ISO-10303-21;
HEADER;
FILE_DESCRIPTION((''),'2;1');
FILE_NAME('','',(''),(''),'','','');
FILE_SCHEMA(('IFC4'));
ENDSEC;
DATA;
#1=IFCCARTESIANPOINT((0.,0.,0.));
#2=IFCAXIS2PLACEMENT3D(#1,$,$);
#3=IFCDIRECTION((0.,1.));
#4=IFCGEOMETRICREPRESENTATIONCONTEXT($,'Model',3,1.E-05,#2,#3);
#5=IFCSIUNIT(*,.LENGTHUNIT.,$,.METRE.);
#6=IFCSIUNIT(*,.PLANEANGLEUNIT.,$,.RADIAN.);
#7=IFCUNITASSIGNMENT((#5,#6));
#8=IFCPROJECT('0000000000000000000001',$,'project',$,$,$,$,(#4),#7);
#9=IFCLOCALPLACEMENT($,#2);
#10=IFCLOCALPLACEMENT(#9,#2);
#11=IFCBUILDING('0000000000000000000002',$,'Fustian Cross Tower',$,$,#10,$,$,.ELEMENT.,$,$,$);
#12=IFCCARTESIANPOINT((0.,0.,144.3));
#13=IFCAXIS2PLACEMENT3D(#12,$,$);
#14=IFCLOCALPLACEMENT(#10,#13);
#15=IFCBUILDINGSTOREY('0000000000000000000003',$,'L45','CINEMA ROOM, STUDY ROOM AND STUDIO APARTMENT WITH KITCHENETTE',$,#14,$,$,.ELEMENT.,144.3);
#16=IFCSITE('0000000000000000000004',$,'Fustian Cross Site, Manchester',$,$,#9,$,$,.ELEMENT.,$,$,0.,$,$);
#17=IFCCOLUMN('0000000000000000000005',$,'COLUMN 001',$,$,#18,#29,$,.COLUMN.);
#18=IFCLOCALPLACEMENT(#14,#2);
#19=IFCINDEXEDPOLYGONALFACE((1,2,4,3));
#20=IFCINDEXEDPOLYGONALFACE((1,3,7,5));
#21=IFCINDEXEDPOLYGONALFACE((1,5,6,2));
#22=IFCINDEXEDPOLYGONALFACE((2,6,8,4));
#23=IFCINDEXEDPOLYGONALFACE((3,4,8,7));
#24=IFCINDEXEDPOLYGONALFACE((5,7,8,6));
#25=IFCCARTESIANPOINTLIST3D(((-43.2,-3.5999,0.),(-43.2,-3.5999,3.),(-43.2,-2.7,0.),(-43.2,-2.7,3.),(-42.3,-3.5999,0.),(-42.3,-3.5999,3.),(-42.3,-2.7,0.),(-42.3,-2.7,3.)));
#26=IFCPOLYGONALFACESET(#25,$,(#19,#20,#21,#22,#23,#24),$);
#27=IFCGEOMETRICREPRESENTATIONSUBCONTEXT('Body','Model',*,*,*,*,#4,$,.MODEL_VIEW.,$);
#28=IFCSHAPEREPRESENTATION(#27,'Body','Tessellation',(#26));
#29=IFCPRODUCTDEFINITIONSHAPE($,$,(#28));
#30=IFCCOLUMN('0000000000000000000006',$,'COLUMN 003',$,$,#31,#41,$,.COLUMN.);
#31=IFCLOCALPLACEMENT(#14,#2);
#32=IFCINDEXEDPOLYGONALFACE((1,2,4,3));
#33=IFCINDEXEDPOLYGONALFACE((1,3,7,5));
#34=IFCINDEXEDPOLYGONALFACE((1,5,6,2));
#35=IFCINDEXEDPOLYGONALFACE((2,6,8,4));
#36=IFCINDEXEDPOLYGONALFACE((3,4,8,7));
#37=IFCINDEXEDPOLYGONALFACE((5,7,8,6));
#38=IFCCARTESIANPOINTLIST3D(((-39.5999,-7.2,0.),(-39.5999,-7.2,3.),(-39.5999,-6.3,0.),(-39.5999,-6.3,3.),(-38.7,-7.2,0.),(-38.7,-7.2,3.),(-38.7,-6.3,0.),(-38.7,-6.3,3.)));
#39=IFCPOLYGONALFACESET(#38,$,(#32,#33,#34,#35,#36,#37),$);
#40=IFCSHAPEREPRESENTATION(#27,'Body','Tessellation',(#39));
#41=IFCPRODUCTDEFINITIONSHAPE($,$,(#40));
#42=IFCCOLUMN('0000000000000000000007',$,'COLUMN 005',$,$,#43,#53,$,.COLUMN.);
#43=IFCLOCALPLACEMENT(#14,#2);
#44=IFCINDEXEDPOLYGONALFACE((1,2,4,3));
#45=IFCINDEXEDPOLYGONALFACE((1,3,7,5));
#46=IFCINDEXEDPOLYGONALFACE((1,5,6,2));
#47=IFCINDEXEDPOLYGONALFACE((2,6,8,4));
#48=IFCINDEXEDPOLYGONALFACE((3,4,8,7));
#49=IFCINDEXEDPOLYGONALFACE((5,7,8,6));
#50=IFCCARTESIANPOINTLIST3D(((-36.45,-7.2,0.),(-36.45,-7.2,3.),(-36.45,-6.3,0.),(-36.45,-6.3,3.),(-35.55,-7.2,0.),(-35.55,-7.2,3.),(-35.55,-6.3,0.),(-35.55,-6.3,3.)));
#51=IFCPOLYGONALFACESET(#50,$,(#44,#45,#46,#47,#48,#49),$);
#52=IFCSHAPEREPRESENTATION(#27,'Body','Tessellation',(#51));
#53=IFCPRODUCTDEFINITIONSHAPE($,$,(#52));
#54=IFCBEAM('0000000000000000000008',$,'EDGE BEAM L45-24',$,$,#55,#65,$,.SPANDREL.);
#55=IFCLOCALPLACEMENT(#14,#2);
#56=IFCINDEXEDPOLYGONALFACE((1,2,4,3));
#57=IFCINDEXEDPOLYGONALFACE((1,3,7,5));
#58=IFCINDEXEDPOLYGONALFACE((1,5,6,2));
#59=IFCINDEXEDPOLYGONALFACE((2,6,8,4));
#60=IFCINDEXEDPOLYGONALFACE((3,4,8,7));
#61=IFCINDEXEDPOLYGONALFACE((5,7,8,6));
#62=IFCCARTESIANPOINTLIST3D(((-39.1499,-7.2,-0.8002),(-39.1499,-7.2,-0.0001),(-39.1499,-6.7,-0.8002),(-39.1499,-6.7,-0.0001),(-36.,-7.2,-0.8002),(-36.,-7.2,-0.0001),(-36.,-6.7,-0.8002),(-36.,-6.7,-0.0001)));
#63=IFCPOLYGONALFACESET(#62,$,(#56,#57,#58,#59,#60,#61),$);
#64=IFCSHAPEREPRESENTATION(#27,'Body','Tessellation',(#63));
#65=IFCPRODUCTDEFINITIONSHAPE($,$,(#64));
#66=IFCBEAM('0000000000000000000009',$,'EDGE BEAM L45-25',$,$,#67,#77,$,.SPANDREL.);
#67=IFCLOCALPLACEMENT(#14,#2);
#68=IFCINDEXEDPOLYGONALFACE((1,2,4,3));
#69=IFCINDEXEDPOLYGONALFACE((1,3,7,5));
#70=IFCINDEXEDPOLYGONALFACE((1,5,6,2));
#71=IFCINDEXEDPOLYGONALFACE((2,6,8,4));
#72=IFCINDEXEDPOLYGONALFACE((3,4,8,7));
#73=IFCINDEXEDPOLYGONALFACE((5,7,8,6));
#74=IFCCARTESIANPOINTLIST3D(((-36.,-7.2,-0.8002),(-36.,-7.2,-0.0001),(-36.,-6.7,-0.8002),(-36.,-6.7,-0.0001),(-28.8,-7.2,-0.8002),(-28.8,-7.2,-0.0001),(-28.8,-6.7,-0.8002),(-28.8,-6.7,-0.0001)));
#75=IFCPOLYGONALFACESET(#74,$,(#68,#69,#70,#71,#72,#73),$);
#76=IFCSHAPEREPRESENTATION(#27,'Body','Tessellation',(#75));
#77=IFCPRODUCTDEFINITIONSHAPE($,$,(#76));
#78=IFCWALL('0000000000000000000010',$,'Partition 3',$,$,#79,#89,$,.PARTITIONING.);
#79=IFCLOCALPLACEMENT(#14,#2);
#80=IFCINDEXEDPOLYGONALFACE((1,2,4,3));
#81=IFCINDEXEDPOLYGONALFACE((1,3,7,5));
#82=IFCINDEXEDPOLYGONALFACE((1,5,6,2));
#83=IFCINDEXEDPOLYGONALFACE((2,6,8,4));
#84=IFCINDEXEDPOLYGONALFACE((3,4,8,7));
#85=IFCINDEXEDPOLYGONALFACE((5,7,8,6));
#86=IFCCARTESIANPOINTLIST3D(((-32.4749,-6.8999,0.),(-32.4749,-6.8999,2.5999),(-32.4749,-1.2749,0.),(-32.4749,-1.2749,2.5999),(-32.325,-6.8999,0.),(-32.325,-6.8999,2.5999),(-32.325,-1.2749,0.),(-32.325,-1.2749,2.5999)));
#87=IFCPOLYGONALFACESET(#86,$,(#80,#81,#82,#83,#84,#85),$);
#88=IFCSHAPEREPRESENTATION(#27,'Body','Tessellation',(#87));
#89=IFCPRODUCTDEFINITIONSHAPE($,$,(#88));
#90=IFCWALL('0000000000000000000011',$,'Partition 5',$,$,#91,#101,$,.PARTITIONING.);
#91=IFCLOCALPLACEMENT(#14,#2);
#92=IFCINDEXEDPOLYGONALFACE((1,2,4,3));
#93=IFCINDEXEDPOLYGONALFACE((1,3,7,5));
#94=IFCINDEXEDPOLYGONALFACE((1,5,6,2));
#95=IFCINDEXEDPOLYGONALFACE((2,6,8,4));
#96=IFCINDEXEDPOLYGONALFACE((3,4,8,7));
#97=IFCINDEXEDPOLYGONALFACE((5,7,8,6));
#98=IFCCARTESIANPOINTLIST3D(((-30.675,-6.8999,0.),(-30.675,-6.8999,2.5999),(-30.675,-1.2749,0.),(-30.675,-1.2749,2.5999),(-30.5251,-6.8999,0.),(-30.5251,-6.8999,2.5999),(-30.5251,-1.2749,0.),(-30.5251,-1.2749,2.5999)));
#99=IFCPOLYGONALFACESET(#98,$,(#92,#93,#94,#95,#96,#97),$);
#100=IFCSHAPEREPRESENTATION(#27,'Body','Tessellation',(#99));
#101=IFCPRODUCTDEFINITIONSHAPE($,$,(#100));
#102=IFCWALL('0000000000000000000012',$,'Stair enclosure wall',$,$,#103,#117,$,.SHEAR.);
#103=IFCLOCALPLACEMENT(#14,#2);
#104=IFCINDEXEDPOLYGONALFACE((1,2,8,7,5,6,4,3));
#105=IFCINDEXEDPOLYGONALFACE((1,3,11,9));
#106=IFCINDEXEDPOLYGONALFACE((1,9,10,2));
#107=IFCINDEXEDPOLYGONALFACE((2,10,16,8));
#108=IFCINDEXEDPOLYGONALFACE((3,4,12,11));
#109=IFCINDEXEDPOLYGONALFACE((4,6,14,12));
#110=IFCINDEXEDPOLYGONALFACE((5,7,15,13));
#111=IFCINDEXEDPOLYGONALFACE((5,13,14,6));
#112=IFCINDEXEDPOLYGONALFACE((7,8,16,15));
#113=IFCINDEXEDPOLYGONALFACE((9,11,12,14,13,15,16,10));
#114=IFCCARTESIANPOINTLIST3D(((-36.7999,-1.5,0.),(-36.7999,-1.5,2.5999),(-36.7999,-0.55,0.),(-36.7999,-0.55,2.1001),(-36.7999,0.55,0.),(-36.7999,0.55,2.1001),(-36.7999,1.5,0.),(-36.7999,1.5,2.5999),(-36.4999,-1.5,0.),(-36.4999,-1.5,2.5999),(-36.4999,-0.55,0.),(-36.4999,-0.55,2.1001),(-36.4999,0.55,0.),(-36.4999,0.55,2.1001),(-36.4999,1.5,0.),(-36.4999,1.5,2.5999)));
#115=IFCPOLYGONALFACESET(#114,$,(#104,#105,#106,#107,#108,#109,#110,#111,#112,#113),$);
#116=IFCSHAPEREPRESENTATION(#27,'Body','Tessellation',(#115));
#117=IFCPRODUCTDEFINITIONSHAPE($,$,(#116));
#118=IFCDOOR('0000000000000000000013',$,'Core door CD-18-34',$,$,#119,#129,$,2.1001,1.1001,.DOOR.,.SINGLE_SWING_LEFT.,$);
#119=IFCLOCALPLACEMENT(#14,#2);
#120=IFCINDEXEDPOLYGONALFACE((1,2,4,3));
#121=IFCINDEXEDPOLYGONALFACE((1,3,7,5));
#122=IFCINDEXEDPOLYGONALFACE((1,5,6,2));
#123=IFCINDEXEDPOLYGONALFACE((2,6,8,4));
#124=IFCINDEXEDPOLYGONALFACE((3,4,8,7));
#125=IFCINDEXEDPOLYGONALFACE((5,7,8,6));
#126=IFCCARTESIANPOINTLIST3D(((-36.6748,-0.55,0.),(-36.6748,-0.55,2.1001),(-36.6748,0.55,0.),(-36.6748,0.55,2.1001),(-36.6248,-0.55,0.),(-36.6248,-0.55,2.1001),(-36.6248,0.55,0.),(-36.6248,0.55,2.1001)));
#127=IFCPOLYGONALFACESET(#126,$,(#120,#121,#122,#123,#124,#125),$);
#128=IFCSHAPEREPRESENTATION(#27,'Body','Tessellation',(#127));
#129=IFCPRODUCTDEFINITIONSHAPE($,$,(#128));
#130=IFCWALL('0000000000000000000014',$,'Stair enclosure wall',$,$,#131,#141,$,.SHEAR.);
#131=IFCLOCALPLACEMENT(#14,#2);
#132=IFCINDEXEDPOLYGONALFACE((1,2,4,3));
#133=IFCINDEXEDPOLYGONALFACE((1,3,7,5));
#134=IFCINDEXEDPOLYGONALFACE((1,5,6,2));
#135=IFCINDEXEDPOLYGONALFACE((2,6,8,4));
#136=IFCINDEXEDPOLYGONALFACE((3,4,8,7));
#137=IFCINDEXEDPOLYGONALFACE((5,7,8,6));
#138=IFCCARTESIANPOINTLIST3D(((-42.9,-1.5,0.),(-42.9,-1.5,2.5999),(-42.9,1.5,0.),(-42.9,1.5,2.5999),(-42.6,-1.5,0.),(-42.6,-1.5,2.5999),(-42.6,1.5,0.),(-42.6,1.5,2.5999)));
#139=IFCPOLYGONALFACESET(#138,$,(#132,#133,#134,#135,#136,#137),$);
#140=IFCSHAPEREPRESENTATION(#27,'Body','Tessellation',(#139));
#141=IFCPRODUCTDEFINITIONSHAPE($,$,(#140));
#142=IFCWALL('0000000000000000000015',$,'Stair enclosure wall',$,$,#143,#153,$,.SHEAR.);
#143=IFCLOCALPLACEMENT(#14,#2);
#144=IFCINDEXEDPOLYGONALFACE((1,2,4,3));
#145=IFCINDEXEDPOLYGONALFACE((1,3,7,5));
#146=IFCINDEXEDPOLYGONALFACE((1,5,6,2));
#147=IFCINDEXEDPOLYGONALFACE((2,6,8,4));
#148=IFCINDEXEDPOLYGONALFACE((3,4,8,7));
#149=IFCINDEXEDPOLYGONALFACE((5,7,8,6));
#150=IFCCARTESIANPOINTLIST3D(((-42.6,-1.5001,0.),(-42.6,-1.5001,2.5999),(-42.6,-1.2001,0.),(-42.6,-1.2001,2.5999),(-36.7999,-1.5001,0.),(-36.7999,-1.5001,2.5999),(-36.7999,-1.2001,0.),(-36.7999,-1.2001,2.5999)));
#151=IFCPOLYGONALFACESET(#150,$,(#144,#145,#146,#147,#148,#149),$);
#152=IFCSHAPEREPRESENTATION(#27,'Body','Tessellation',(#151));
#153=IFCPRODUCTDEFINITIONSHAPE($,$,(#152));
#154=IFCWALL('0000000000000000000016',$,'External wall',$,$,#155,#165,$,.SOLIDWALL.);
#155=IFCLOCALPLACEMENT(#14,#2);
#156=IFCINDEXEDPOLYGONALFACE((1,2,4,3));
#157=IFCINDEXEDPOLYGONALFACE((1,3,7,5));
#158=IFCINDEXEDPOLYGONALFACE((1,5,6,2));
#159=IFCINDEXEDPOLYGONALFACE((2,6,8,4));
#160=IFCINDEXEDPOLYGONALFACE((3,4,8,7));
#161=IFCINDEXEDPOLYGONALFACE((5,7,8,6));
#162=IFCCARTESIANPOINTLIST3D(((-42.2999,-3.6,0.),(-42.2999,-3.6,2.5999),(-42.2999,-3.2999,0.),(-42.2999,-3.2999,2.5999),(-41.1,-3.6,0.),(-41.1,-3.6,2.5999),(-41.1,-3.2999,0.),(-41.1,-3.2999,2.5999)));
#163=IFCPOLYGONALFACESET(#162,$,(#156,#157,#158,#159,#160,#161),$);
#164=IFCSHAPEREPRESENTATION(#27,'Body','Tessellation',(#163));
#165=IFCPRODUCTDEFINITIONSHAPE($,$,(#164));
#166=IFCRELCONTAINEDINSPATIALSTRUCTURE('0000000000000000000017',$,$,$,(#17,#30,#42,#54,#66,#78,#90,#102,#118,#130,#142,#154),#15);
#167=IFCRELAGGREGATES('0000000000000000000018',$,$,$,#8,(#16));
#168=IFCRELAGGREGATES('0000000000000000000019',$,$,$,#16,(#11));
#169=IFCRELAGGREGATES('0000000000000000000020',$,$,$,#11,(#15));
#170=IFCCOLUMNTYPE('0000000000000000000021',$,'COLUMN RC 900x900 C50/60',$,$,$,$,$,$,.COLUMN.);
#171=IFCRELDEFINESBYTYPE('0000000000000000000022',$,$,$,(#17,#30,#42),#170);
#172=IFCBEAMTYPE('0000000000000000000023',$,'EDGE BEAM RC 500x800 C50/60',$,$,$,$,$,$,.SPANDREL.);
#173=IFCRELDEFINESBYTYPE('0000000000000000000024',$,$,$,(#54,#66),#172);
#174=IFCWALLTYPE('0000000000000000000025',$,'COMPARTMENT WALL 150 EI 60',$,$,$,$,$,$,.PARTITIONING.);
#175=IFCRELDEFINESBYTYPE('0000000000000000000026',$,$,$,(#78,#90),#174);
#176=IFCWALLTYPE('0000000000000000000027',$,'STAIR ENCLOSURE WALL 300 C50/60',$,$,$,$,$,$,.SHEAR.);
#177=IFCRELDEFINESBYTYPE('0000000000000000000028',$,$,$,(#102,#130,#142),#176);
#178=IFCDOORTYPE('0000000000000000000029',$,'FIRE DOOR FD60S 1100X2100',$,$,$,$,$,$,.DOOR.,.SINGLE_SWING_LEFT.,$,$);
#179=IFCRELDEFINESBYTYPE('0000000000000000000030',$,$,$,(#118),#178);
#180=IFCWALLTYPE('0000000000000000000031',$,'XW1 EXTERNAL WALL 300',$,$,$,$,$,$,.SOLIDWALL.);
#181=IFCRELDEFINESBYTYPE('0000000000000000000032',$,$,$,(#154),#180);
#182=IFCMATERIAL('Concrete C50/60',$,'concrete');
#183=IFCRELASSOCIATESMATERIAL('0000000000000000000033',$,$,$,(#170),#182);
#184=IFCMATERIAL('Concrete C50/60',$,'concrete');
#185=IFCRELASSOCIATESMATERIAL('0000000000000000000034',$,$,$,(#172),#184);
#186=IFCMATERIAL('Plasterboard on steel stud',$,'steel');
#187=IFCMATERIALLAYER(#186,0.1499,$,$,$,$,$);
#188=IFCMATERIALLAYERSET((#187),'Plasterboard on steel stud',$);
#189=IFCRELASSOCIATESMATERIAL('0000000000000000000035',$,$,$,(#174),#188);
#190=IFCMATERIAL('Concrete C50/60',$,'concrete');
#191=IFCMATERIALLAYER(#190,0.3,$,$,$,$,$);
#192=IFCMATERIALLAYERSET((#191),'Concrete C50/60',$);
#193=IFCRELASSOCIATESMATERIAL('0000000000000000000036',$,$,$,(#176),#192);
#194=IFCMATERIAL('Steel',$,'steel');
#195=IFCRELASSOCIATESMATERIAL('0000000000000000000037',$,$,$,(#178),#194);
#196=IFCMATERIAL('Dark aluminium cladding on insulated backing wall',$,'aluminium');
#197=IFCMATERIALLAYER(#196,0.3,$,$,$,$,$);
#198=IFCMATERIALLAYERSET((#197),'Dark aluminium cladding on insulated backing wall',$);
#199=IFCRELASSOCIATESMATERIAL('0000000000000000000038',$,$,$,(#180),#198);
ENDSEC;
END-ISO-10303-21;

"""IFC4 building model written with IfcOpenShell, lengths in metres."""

from ifc_helpers import new_model, si_unit, direction, frame, frame_2d, origin, origin_2d, place, context, subcontext, project, spatial, rectangle, extrude, material, layer, layer_set, material_profile, profile_set, type_object, element, fill, save


model = new_model("IFC4")

# Units and contexts
model_context = context("Model", 3, precision=1e-05, world=origin(), true_north=direction((0.0, 1.0)))
body_context = subcontext(model_context, "Body", "Model", "MODEL_VIEW")
ifc_project = project(units=[si_unit("LENGTHUNIT", "METRE"), si_unit("PLANEANGLEUNIT", "RADIAN")], contexts=[model_context])

# Site, building, storey
site_placement = place(None, origin())
site = spatial("IfcSite", under=ifc_project, at=site_placement, Name="Fustian Cross Site, Manchester", CompositionType="ELEMENT", RefElevation=0.0)
building_placement = place(site_placement, origin())
building = spatial("IfcBuilding", under=site, at=building_placement, Name="Fustian Cross Tower", CompositionType="ELEMENT")
storey_placement = place(building_placement, frame((0.0, 0.0, 144.3)))
storey = spatial("IfcBuildingStorey", under=building, at=storey_placement, Name="L45", Description="CINEMA ROOM, STUDY ROOM AND STUDIO APARTMENT WITH KITCHENETTE", CompositionType="ELEMENT", Elevation=144.3)

# Columns
ifc_material_1 = material(Name="Concrete C50/60", Category="concrete")
ifc_material_profile_1 = material_profile(ifc_material_1, rectangle(XDim=0.8999, YDim=0.8999, at=origin_2d()), Name="RC 900x900")
ifc_profile_set_1 = profile_set([ifc_material_profile_1], Name="Concrete C50/60")
column_type = type_object("IfcColumnType", Name="COLUMN RC 900x900 C50/60", PredefinedType="COLUMN", material=ifc_profile_set_1)
for number, where, z_axis, x_axis, name in (
    (1, (-42.75, -3.1499, 0.0), (0.0, 0.0, 1.0), (1.0, 0.0, 0.0), "COLUMN 001"),
    (2, (-39.1499, -6.75, 0.0), (0.0, 0.0, 1.0), (1.0, 0.0, 0.0), "COLUMN 003"),
    (3, (-36.0, -6.75, 0.0), (0.0, 0.0, 1.0), (1.0, 0.0, 0.0), "COLUMN 005"),
):
    element("IfcColumn", number, at=place(storey_placement, frame(where, z_axis=z_axis, x_axis=x_axis)), inside=storey, type_object=column_type, Name=name, PredefinedType="COLUMN", context=body_context, shape_type="SweptSolid", body=[
        extrude(rectangle(XDim=0.8999, YDim=0.8999, at=origin_2d()), origin(), (0.0, 0.0, 1.0), 3.0),
    ])

# Beams
ifc_material_2 = material(Name="Concrete C50/60", Category="concrete")
ifc_material_profile_2 = material_profile(ifc_material_2, rectangle(XDim=0.5, YDim=0.8, at=origin_2d()), Name="RC 500x800")
ifc_profile_set_2 = profile_set([ifc_material_profile_2], Name="Concrete C50/60")
beam_type = type_object("IfcBeamType", Name="EDGE BEAM RC 500x800 C50/60", PredefinedType="SPANDREL", material=ifc_profile_set_2)
beam_1_placement = place(storey_placement, frame((-39.1499, -6.95, -0.4001), z_axis=(1.0, 0.0, 0.0), x_axis=(0.0, 1.0, 0.0)))
element("IfcBeam", 4, at=beam_1_placement, inside=storey, type_object=beam_type, Name="EDGE BEAM L45-24", PredefinedType="SPANDREL", context=body_context, shape_type="SweptSolid", body=[
    extrude(rectangle(XDim=0.5, YDim=0.8, at=origin_2d()), origin(), (0.0, 0.0, 1.0), 3.1499),
])
beam_2_placement = place(storey_placement, frame((-36.0, -6.95, -0.4001), z_axis=(1.0, 0.0, 0.0), x_axis=(0.0, 1.0, 0.0)))
element("IfcBeam", 5, at=beam_2_placement, inside=storey, type_object=beam_type, Name="EDGE BEAM L45-25", PredefinedType="SPANDREL", context=body_context, shape_type="SweptSolid", body=[
    extrude(rectangle(XDim=0.5, YDim=0.8, at=origin_2d()), origin(), (0.0, 0.0, 1.0), 7.2),
])

# Walls
ifc_material_3 = material(Name="Plasterboard on steel stud", Category="steel")
ifc_layer_1 = layer(ifc_material_3, 0.1499)
ifc_layer_set_1 = layer_set([ifc_layer_1], Name="Plasterboard on steel stud")
wall_type_1 = type_object("IfcWallType", Name="COMPARTMENT WALL 150 EI 60", PredefinedType="PARTITIONING", material=ifc_layer_set_1)
for number, where, z_axis, x_axis, name in (
    (6, (-32.3999, -6.8999, 0.0), (0.0, 0.0, 1.0), (0.0, 1.0, 0.0), "Partition 3"),
    (7, (-30.6001, -6.8999, 0.0), (0.0, 0.0, 1.0), (0.0, 1.0, 0.0), "Partition 5"),
):
    element("IfcWall", number, at=place(storey_placement, frame(where, z_axis=z_axis, x_axis=x_axis)), inside=storey, type_object=wall_type_1, Name=name, PredefinedType="PARTITIONING", context=body_context, shape_type="SweptSolid", body=[
        extrude(rectangle(XDim=5.625, YDim=0.1499, at=frame_2d((2.8125, 0.0))), origin(), (0.0, 0.0, 1.0), 2.5999),
    ])

# Wall, opening, door
ifc_material_4 = material(Name="Concrete C50/60", Category="concrete")
ifc_layer_2 = layer(ifc_material_4, 0.3)
ifc_layer_set_2 = layer_set([ifc_layer_2], Name="Concrete C50/60")
wall_type_2 = type_object("IfcWallType", Name="STAIR ENCLOSURE WALL 300 C50/60", PredefinedType="SHEAR", material=ifc_layer_set_2)
wall_1_placement = place(storey_placement, frame((-36.6499, -1.5, 0.0), z_axis=(0.0, 0.0, 1.0), x_axis=(0.0, 1.0, 0.0)))
wall_1 = element("IfcWall", 8, at=wall_1_placement, inside=storey, type_object=wall_type_2, Name="Stair enclosure wall", PredefinedType="SHEAR", context=body_context, shape_type="SweptSolid", body=[
    extrude(rectangle(XDim=3.0, YDim=0.3, at=frame_2d((1.5, 0.0))), origin(), (0.0, 0.0, 1.0), 2.5999),
])
opening_1_placement = place(wall_1_placement, frame((0.95, 0.0, 0.0)))
opening_1 = element("IfcOpeningElement", 9, at=opening_1_placement, cuts=wall_1, PredefinedType="OPENING", context=body_context, shape_type="SweptSolid", body=[
    extrude(rectangle(XDim=1.1001, YDim=2.1001, at=frame_2d((0.55, 1.05))), frame((0.0, 0.1599, 0.0), z_axis=(0.0, -1.0, 0.0), x_axis=(1.0, 0.0, 0.0)), (0.0, 0.0, 1.0), 0.3201),
])
ifc_material_5 = material(Name="Steel", Category="steel")
door_type = type_object("IfcDoorType", Name="FIRE DOOR FD60S 1100X2100", OperationType="SINGLE_SWING_LEFT", PredefinedType="DOOR", material=ifc_material_5)
door_placement = place(opening_1_placement, origin())
door = element("IfcDoor", 10, at=door_placement, inside=storey, type_object=door_type, Name="Core door CD-18-34", OperationType="SINGLE_SWING_LEFT", OverallHeight=2.1001, OverallWidth=1.1001, PredefinedType="DOOR", context=body_context, shape_type="SweptSolid", body=[
    extrude(rectangle(XDim=1.1001, YDim=2.1001, at=frame_2d((0.55, 1.05))), frame((0.0, 0.0249, 0.0), z_axis=(0.0, -1.0, 0.0), x_axis=(1.0, 0.0, 0.0)), (0.0, 0.0, 1.0), 0.05),
])
fill(opening_1, door)

# Walls
wall_2_placement = place(storey_placement, frame((-42.75, -1.5, 0.0), z_axis=(0.0, 0.0, 1.0), x_axis=(0.0, 1.0, 0.0)))
element("IfcWall", 11, at=wall_2_placement, inside=storey, type_object=wall_type_2, Name="Stair enclosure wall", PredefinedType="SHEAR", context=body_context, shape_type="SweptSolid", body=[
    extrude(rectangle(XDim=3.0, YDim=0.3, at=frame_2d((1.5, 0.0))), origin(), (0.0, 0.0, 1.0), 2.5999),
])
wall_3_placement = place(storey_placement, frame((-36.8, -1.3501, 0.0), z_axis=(0.0, 0.0, 1.0), x_axis=(-1.0, 0.0, 0.0)))
element("IfcWall", 12, at=wall_3_placement, inside=storey, type_object=wall_type_2, Name="Stair enclosure wall", PredefinedType="SHEAR", context=body_context, shape_type="SweptSolid", body=[
    extrude(rectangle(XDim=5.8, YDim=0.3, at=frame_2d((2.8999, 0.0))), origin(), (0.0, 0.0, 1.0), 2.5999),
])
ifc_material_6 = material(Name="Dark aluminium cladding on insulated backing wall", Category="aluminium")
ifc_layer_3 = layer(ifc_material_6, 0.3)
ifc_layer_set_3 = layer_set([ifc_layer_3], Name="Dark aluminium cladding on insulated backing wall")
wall_type_3 = type_object("IfcWallType", Name="XW1 EXTERNAL WALL 300", PredefinedType="SOLIDWALL", material=ifc_layer_set_3)
wall_4_placement = place(storey_placement, frame((-42.3, -3.45, 0.0), z_axis=(0.0, 0.0, 1.0), x_axis=(1.0, 0.0, 0.0)))
element("IfcWall", 13, at=wall_4_placement, inside=storey, type_object=wall_type_3, Name="External wall", PredefinedType="SOLIDWALL", context=body_context, shape_type="SweptSolid", body=[
    extrude(rectangle(XDim=1.2, YDim=0.3, at=frame_2d((0.6001, 0.0))), origin(), (0.0, 0.0, 1.0), 2.5999),
])

save(model, "model.ifc")
